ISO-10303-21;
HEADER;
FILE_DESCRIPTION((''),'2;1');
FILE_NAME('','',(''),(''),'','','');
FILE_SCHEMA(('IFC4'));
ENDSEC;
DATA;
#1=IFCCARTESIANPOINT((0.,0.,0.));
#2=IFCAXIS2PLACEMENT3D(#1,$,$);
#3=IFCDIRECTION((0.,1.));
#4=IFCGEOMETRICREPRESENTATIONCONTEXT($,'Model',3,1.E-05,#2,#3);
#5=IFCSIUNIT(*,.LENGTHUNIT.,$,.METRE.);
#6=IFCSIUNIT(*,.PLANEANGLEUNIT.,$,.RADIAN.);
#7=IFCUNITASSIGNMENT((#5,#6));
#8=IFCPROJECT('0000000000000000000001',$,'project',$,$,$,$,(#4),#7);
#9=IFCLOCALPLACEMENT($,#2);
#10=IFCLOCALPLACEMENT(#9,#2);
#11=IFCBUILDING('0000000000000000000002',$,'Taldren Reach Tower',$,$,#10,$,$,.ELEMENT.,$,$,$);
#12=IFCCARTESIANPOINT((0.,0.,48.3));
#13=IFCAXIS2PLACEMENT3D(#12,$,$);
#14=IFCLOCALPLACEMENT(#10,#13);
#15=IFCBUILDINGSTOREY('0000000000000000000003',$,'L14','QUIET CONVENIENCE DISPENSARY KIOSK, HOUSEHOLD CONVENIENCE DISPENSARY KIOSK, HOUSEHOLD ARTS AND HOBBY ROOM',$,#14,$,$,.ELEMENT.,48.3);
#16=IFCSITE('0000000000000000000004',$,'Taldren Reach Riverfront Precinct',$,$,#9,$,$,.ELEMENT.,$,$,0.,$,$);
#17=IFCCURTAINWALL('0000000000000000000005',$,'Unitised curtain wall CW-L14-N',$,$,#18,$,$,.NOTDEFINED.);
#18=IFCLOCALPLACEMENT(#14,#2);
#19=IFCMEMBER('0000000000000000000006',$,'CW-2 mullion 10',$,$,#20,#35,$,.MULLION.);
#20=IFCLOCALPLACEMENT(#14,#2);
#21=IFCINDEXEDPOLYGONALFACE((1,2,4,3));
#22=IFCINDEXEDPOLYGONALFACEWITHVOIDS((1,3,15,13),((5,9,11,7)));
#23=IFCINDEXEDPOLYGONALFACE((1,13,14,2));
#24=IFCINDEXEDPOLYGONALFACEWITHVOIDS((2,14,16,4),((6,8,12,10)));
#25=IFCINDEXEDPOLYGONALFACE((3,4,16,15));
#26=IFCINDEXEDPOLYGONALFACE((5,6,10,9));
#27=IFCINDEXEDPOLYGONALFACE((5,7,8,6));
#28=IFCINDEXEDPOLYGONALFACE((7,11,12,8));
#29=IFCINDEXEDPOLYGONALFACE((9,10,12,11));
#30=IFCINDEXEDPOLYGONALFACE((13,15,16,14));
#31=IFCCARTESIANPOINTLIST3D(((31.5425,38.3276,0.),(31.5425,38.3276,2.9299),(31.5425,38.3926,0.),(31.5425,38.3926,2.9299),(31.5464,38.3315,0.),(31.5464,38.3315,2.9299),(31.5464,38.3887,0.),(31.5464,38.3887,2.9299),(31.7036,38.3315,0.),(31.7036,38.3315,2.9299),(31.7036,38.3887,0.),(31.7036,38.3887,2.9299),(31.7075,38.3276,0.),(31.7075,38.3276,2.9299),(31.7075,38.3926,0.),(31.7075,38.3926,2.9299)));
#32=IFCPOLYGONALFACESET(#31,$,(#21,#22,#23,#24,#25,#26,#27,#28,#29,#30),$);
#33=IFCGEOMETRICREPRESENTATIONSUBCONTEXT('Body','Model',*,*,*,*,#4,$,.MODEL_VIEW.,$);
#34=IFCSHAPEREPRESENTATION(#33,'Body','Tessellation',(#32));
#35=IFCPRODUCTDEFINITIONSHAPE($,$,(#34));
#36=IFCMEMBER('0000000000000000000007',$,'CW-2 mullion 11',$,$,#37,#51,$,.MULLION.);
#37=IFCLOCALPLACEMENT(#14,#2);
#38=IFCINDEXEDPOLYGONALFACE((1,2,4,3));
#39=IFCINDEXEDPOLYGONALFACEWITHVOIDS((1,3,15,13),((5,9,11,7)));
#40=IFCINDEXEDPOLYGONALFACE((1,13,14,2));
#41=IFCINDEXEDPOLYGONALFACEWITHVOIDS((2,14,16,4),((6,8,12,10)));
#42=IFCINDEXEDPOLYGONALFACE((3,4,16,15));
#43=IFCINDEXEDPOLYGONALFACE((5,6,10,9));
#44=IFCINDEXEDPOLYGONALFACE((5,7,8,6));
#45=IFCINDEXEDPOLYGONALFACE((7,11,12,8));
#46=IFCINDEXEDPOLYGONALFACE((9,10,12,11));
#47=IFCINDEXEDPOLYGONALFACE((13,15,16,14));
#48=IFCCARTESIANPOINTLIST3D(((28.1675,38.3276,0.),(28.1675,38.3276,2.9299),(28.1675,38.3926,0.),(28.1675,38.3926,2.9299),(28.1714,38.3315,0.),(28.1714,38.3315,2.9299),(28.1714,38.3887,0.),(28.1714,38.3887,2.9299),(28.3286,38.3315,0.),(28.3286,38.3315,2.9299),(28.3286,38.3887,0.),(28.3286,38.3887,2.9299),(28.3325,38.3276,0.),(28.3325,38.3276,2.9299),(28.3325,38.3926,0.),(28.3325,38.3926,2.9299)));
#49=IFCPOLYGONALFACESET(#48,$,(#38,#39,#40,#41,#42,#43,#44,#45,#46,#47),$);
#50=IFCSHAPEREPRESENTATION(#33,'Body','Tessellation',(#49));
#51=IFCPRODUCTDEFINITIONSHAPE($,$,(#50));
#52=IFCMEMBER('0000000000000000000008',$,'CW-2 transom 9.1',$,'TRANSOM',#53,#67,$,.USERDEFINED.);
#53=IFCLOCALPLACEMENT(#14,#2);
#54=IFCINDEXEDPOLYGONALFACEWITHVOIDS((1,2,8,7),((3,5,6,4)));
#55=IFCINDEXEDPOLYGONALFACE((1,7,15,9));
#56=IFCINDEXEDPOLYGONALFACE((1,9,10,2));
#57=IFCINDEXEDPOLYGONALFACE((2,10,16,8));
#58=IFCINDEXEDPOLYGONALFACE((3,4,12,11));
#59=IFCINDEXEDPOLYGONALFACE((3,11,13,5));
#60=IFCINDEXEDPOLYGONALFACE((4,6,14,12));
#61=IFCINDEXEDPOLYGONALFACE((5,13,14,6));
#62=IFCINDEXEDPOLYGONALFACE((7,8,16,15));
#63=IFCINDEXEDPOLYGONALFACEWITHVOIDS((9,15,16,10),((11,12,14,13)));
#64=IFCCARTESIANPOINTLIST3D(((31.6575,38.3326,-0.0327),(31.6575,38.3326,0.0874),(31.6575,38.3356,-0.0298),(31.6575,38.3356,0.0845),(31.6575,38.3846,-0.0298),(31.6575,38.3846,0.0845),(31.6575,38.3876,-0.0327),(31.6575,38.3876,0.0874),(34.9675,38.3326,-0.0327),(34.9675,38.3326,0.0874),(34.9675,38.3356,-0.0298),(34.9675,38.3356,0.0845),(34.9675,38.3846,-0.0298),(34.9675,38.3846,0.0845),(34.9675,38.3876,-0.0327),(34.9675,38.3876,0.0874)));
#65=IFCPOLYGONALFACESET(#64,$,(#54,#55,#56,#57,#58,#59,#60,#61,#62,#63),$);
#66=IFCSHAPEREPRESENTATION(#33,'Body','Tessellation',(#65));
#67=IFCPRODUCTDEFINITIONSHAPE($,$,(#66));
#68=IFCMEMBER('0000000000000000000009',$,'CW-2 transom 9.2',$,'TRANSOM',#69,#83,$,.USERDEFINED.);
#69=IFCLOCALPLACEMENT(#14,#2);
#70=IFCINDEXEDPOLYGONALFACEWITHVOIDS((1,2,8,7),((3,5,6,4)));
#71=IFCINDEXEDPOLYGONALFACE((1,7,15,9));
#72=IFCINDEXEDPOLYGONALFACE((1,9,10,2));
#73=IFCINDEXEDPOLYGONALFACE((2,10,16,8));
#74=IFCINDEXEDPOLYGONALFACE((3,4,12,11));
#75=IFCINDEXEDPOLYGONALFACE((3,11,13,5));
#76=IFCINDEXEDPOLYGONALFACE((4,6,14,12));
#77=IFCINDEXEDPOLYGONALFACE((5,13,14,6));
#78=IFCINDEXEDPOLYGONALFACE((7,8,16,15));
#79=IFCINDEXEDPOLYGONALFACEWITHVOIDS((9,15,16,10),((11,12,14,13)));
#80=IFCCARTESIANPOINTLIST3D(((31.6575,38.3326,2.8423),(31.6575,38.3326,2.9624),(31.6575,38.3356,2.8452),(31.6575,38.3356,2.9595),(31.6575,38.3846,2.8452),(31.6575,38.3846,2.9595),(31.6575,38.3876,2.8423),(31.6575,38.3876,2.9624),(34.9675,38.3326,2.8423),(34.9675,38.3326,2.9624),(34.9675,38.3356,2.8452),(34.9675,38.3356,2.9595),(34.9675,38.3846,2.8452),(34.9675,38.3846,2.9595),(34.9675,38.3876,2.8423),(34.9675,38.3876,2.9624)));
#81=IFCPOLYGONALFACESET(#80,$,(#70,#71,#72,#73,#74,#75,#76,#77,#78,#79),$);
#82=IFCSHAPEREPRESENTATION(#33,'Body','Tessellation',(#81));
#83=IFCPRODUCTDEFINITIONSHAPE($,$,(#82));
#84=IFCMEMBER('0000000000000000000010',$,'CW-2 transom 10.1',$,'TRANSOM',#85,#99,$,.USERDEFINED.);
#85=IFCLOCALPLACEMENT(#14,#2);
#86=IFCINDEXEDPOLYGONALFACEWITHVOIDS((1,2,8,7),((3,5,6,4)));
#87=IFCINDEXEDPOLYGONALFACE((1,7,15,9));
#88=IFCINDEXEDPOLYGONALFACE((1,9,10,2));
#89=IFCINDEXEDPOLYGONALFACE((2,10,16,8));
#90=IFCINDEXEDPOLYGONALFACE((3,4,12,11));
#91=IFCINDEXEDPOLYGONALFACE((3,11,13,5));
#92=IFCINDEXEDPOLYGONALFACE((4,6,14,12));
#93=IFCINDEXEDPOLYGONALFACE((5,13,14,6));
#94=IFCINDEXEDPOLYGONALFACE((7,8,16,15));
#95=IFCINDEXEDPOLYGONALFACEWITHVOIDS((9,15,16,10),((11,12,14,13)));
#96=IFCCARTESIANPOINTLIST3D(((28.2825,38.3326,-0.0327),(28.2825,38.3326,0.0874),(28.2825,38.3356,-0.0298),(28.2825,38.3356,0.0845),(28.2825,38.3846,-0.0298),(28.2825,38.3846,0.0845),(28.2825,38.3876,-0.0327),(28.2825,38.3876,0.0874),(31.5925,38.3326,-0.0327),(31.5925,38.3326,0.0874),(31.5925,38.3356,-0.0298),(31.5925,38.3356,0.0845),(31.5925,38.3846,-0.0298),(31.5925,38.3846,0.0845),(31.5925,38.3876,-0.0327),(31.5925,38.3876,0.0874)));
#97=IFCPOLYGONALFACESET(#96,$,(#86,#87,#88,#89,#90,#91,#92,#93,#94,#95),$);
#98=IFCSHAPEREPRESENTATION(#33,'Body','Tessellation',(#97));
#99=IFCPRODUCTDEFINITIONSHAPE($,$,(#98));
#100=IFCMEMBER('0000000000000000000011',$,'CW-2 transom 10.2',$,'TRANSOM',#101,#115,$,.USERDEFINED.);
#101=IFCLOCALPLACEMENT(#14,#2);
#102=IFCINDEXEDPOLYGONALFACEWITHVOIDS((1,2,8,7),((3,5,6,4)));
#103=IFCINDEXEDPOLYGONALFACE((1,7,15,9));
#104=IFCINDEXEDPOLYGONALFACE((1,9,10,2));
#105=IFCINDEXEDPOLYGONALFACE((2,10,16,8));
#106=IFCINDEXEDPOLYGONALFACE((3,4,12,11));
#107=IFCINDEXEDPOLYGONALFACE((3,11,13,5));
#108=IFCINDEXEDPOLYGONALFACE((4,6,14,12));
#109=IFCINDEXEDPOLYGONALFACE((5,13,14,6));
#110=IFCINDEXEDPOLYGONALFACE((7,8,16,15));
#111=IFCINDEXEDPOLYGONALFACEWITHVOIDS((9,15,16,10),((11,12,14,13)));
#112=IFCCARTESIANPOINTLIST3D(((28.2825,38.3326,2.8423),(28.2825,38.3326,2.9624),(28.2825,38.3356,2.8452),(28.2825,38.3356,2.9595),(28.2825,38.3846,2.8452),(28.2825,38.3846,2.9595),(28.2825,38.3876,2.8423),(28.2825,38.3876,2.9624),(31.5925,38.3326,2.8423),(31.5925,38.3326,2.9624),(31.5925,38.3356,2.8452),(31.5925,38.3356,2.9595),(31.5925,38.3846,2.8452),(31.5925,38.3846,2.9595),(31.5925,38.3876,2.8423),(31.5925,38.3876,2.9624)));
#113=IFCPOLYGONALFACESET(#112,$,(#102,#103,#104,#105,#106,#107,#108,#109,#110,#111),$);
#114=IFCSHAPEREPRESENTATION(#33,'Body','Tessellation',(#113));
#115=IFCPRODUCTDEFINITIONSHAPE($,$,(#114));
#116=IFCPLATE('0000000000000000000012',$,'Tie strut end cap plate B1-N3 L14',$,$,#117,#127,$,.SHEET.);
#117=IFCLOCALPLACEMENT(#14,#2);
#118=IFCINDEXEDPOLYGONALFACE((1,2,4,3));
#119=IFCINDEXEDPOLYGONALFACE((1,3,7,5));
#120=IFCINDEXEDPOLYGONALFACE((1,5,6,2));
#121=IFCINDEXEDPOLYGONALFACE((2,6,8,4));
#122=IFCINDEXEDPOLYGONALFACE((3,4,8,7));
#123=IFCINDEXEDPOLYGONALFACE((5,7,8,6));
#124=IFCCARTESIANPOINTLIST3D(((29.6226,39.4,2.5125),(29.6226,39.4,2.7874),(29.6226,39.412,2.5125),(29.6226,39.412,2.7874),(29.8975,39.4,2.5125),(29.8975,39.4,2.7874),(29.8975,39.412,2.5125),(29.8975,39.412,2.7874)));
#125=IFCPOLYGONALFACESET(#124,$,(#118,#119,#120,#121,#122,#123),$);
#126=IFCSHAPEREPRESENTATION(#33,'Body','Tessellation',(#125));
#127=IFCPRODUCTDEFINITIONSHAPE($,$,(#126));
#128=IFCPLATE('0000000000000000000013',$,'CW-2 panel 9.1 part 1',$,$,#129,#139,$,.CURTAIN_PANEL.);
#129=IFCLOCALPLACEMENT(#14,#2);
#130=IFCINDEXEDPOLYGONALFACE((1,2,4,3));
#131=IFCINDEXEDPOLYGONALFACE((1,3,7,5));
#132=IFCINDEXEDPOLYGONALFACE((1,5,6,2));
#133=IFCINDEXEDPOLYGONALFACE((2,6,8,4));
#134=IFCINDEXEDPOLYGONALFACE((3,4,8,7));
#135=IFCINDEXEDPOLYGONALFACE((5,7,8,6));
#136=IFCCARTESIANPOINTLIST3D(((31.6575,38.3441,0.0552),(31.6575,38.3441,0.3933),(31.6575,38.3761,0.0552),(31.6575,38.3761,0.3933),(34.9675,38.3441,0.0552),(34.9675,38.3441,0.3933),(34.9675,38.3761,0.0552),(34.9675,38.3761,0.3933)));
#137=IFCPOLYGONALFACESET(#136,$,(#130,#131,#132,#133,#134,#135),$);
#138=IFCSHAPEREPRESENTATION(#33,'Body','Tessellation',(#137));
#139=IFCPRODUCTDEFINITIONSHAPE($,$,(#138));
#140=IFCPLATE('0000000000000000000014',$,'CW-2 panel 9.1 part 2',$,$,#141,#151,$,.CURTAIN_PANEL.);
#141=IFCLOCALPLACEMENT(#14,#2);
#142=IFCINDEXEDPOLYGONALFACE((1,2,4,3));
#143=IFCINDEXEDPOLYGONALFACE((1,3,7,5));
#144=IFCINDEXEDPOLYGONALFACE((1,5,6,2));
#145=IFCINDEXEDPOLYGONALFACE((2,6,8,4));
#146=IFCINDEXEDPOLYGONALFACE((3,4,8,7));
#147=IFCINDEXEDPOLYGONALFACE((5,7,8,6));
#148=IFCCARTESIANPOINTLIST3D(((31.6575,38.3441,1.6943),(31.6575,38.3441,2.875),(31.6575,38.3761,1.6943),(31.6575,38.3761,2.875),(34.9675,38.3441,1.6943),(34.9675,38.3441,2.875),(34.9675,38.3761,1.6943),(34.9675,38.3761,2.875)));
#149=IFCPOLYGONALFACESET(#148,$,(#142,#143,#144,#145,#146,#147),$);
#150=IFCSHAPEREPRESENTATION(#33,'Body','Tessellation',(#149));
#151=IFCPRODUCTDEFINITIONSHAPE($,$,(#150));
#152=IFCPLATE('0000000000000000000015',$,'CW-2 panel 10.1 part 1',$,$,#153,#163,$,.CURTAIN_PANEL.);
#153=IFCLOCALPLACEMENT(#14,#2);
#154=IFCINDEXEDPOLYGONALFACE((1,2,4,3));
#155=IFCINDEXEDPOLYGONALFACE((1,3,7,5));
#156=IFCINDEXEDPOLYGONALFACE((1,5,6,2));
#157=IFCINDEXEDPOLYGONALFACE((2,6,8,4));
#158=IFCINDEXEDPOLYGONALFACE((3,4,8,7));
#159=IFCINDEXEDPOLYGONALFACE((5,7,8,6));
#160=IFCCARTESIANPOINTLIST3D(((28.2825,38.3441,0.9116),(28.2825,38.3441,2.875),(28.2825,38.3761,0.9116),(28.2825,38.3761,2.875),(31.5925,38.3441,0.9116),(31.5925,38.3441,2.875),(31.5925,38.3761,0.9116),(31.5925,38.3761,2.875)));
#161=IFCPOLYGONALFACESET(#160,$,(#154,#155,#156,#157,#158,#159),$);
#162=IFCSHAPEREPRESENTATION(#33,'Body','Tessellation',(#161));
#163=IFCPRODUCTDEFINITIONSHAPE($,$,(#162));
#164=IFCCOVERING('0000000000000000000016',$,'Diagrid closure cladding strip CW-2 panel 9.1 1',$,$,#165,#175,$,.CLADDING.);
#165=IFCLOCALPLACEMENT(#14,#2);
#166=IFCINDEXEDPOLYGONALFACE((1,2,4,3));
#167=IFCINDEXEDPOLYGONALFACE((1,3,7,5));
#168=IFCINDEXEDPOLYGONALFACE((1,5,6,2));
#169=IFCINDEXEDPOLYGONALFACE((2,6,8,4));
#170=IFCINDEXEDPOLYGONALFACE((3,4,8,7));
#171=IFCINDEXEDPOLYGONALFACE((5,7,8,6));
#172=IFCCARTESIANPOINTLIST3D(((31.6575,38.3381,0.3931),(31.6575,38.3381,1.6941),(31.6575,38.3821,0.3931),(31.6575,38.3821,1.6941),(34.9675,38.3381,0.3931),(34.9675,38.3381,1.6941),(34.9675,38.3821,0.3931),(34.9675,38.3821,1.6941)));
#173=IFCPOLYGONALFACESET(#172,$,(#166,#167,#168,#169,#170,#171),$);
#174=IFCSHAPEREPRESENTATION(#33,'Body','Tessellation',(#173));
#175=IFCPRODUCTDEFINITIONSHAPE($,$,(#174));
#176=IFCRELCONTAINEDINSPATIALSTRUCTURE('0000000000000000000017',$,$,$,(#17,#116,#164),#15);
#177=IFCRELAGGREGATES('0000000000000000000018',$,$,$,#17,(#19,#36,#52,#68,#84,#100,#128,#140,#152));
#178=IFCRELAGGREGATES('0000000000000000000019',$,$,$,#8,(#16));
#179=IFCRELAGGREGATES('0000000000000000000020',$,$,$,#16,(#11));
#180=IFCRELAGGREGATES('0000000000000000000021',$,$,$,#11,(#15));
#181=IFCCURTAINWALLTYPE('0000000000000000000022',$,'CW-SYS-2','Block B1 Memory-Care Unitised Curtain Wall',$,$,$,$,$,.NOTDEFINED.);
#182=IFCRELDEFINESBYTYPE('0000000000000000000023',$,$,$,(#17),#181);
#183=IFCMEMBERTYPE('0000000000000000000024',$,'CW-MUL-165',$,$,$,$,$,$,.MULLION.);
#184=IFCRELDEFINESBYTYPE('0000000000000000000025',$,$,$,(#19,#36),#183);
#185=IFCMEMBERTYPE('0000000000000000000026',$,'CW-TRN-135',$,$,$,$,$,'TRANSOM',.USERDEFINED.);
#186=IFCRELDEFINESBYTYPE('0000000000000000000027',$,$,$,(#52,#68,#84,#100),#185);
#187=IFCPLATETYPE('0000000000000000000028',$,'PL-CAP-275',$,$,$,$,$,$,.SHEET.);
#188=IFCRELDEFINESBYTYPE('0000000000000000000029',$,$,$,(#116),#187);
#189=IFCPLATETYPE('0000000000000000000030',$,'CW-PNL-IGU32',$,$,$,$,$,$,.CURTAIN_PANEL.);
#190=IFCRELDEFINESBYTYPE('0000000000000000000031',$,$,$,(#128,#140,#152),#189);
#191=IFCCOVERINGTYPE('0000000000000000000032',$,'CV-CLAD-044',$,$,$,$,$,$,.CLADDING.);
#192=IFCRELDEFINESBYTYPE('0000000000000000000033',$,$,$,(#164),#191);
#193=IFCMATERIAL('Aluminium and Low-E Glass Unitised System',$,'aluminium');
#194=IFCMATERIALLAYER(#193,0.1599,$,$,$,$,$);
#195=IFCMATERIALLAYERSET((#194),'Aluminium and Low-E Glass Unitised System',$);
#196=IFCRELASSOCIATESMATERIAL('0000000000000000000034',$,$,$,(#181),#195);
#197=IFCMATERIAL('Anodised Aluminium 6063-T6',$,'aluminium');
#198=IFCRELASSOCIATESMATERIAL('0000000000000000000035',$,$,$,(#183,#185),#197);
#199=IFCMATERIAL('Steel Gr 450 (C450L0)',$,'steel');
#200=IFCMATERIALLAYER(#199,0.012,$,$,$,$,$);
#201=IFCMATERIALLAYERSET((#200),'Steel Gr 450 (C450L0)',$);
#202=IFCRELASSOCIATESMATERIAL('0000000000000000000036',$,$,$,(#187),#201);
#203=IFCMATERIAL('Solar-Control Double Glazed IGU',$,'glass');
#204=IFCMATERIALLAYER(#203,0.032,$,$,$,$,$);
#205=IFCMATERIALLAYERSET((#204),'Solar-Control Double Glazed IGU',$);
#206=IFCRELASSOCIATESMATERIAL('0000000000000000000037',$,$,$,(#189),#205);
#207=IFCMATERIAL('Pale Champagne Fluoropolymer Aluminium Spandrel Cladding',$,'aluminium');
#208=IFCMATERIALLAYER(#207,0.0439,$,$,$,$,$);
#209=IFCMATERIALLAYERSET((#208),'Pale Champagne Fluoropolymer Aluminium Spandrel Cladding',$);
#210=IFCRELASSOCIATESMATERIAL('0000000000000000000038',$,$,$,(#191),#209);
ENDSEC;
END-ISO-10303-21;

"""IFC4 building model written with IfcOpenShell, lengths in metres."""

from ifc_helpers import new_model, si_unit, direction, frame, origin, origin_2d, place, context, subcontext, project, spatial, rectangle, hollow_rectangle, extrude, source, transform, mapped, material, layer, layer_set, material_profile, profile_set, type_object, element, aggregate, save


model = new_model("IFC4")

# Units and contexts
model_context = context("Model", 3, precision=1e-05, world=origin(), true_north=direction((0.0, 1.0)))
body_context = subcontext(model_context, "Body", "Model", "MODEL_VIEW")
ifc_project = project(units=[si_unit("LENGTHUNIT", "METRE"), si_unit("PLANEANGLEUNIT", "RADIAN")], contexts=[model_context])

# Site, building, storey
site_placement = place(None, origin())
site = spatial("IfcSite", under=ifc_project, at=site_placement, Name="Taldren Reach Riverfront Precinct", CompositionType="ELEMENT", RefElevation=0.0)
building_placement = place(site_placement, origin())
building = spatial("IfcBuilding", under=site, at=building_placement, Name="Taldren Reach Tower", CompositionType="ELEMENT")
storey_placement = place(building_placement, frame((0.0, 0.0, 48.3)))
storey = spatial("IfcBuildingStorey", under=building, at=storey_placement, Name="L14", Description="QUIET CONVENIENCE DISPENSARY KIOSK, HOUSEHOLD CONVENIENCE DISPENSARY KIOSK, HOUSEHOLD ARTS AND HOBBY ROOM", CompositionType="ELEMENT", Elevation=48.3)

# Shared definitions
ifc_material_1 = material(Name="Steel Gr 450 (C450L0)", Category="steel")

# Curtain wall, members
ifc_material_2 = material(Name="Aluminium and Low-E Glass Unitised System", Category="aluminium")
ifc_layer_1 = layer(ifc_material_2, 0.1599)
ifc_layer_set_1 = layer_set([ifc_layer_1], Name="Aluminium and Low-E Glass Unitised System")
curtain_wall_type = type_object("IfcCurtainWallType", Name="CW-SYS-2", Description="Block B1 Memory-Care Unitised Curtain Wall", PredefinedType="NOTDEFINED", material=ifc_layer_set_1)
curtain_wall_placement = place(storey_placement, origin())
curtain_wall = element("IfcCurtainWall", 1, at=curtain_wall_placement, inside=storey, type_object=curtain_wall_type, Name="Unitised curtain wall CW-L14-N", PredefinedType="NOTDEFINED")
ifc_material_3 = material(Name="Anodised Aluminium 6063-T6", Category="aluminium")
ifc_material_profile_1 = material_profile(ifc_material_3, hollow_rectangle(XDim=0.0649, YDim=0.165, WallThickness=0.0039, at=origin_2d()), Name="ALU-165x65x4RHS")
ifc_profile_set_1 = profile_set([ifc_material_profile_1], Name="Anodised Aluminium 6063-T6")
member_type_1 = type_object("IfcMemberType", Name="CW-MUL-165", PredefinedType="MULLION", material=ifc_profile_set_1)
shared_shape_1 = source(origin(), body_context, "Body", "SweptSolid", [
    extrude(hollow_rectangle(XDim=0.0649, YDim=0.165, WallThickness=0.0039, at=origin_2d()), origin(), (0.0, 0.0, 1.0), 2.9299),
])
member_1_placement = place(storey_placement, frame((31.625, 38.3601, 0.0), z_axis=(0.0, 0.0, 1.0), x_axis=(0.0, -1.0, 0.0)))
member_1 = element("IfcMember", 2, at=member_1_placement, type_object=member_type_1, Name="CW-2 mullion 10", PredefinedType="MULLION", context=body_context, shape_type="MappedRepresentation", body=[
    mapped(shared_shape_1, transform((0.0, 0.0, 0.0), scale=1.0)),
])
member_2_placement = place(storey_placement, frame((28.25, 38.3601, 0.0), z_axis=(0.0, 0.0, 1.0), x_axis=(0.0, -1.0, 0.0)))
member_2 = element("IfcMember", 3, at=member_2_placement, type_object=member_type_1, Name="CW-2 mullion 11", PredefinedType="MULLION", context=body_context, shape_type="MappedRepresentation", body=[
    mapped(shared_shape_1, transform((0.0, 0.0, 0.0), scale=1.0)),
])
ifc_material_profile_2 = material_profile(ifc_material_3, hollow_rectangle(XDim=0.0549, YDim=0.1201, WallThickness=0.0029, at=origin_2d()), Name="ALU-120x55x3RHS")
ifc_profile_set_2 = profile_set([ifc_material_profile_2], Name="Anodised Aluminium 6063-T6")
member_type_2 = type_object("IfcMemberType", Name="CW-TRN-135", ElementType="TRANSOM", PredefinedType="USERDEFINED", material=ifc_profile_set_2)
shared_shape_2 = source(origin(), body_context, "Body", "SweptSolid", [
    extrude(hollow_rectangle(XDim=0.0549, YDim=0.1201, WallThickness=0.0029, at=origin_2d()), origin(), (0.0, 0.0, 1.0), 3.3101),
])
member_3_placement = place(storey_placement, frame((34.9675, 38.3601, 0.0273), z_axis=(-1.0, 0.0, 0.0), x_axis=(0.0, -1.0, 0.0)))
member_3 = element("IfcMember", 4, at=member_3_placement, type_object=member_type_2, Name="CW-2 transom 9.1", ObjectType="TRANSOM", PredefinedType="USERDEFINED", context=body_context, shape_type="MappedRepresentation", body=[
    mapped(shared_shape_2, transform((0.0, 0.0, 0.0), scale=1.0)),
])
member_4_placement = place(storey_placement, frame((34.9675, 38.3601, 2.9023), z_axis=(-1.0, 0.0, 0.0), x_axis=(0.0, -1.0, 0.0)))
member_4 = element("IfcMember", 5, at=member_4_placement, type_object=member_type_2, Name="CW-2 transom 9.2", ObjectType="TRANSOM", PredefinedType="USERDEFINED", context=body_context, shape_type="MappedRepresentation", body=[
    mapped(shared_shape_2, transform((0.0, 0.0, 0.0), scale=1.0)),
])
member_5_placement = place(storey_placement, frame((31.5925, 38.3601, 0.0273), z_axis=(-1.0, 0.0, 0.0), x_axis=(0.0, -1.0, 0.0)))
member_5 = element("IfcMember", 6, at=member_5_placement, type_object=member_type_2, Name="CW-2 transom 10.1", ObjectType="TRANSOM", PredefinedType="USERDEFINED", context=body_context, shape_type="MappedRepresentation", body=[
    mapped(shared_shape_2, transform((0.0, 0.0, 0.0), scale=1.0)),
])
member_6_placement = place(storey_placement, frame((31.5925, 38.3601, 2.9023), z_axis=(-1.0, 0.0, 0.0), x_axis=(0.0, -1.0, 0.0)))
member_6 = element("IfcMember", 7, at=member_6_placement, type_object=member_type_2, Name="CW-2 transom 10.2", ObjectType="TRANSOM", PredefinedType="USERDEFINED", context=body_context, shape_type="MappedRepresentation", body=[
    mapped(shared_shape_2, transform((0.0, 0.0, 0.0), scale=1.0)),
])

# Plates
ifc_layer_2 = layer(ifc_material_1, 0.012)
ifc_layer_set_2 = layer_set([ifc_layer_2], Name="Steel Gr 450 (C450L0)")
plate_type_1 = type_object("IfcPlateType", Name="PL-CAP-275", PredefinedType="SHEET", material=ifc_layer_set_2)
shared_shape_3 = source(origin(), body_context, "Body", "SweptSolid", [
    extrude(rectangle(XDim=0.2749, YDim=0.012, at=origin_2d()), origin(), (0.0, 0.0, 1.0), 0.2749),
])
plate_1_placement = place(storey_placement, frame((29.76, 39.406, 2.5125), z_axis=(0.0, 0.0, 1.0), x_axis=(1.0, 0.0, 0.0)))
element("IfcPlate", 8, at=plate_1_placement, inside=storey, type_object=plate_type_1, Name="Tie strut end cap plate B1-N3 L14", PredefinedType="SHEET", context=body_context, shape_type="MappedRepresentation", body=[
    mapped(shared_shape_3, transform((0.0, 0.0, 0.0), scale=1.0)),
])
ifc_material_4 = material(Name="Solar-Control Double Glazed IGU", Category="glass")
ifc_layer_3 = layer(ifc_material_4, 0.032)
ifc_layer_set_3 = layer_set([ifc_layer_3], Name="Solar-Control Double Glazed IGU")
plate_type_2 = type_object("IfcPlateType", Name="CW-PNL-IGU32", PredefinedType="CURTAIN_PANEL", material=ifc_layer_set_3)
shared_shape_4 = source(origin(), body_context, "Body", "SweptSolid", [
    extrude(rectangle(XDim=3.3101, YDim=0.032, at=origin_2d()), origin(), (0.0, 0.0, 1.0), 0.3381),
])
plate_2_placement = place(storey_placement, frame((33.3125, 38.3601, 0.0552), z_axis=(0.0, 0.0, 1.0), x_axis=(-1.0, 0.0, 0.0)))
plate_2 = element("IfcPlate", 9, at=plate_2_placement, type_object=plate_type_2, Name="CW-2 panel 9.1 part 1", PredefinedType="CURTAIN_PANEL", context=body_context, shape_type="MappedRepresentation", body=[
    mapped(shared_shape_4, transform((0.0, 0.0, 0.0), scale=1.0)),
])
shared_shape_5 = source(origin(), body_context, "Body", "SweptSolid", [
    extrude(rectangle(XDim=3.3101, YDim=0.032, at=origin_2d()), origin(), (0.0, 0.0, 1.0), 1.1807),
])
plate_3_placement = place(storey_placement, frame((33.3125, 38.3601, 1.6943), z_axis=(0.0, 0.0, 1.0), x_axis=(-1.0, 0.0, 0.0)))
plate_3 = element("IfcPlate", 10, at=plate_3_placement, type_object=plate_type_2, Name="CW-2 panel 9.1 part 2", PredefinedType="CURTAIN_PANEL", context=body_context, shape_type="MappedRepresentation", body=[
    mapped(shared_shape_5, transform((0.0, 0.0, 0.0), scale=1.0)),
])
shared_shape_6 = source(origin(), body_context, "Body", "SweptSolid", [
    extrude(rectangle(XDim=3.3101, YDim=0.032, at=origin_2d()), origin(), (0.0, 0.0, 1.0), 1.9634),
])
plate_4_placement = place(storey_placement, frame((29.9375, 38.3601, 0.9116), z_axis=(0.0, 0.0, 1.0), x_axis=(-1.0, 0.0, 0.0)))
plate_4 = element("IfcPlate", 11, at=plate_4_placement, type_object=plate_type_2, Name="CW-2 panel 10.1 part 1", PredefinedType="CURTAIN_PANEL", context=body_context, shape_type="MappedRepresentation", body=[
    mapped(shared_shape_6, transform((0.0, 0.0, 0.0), scale=1.0)),
])
aggregate(curtain_wall, [member_1, member_2, member_3, member_4, member_5, member_6, plate_2, plate_3, plate_4])

# Covering
ifc_material_5 = material(Name="Pale Champagne Fluoropolymer Aluminium Spandrel Cladding", Category="aluminium")
ifc_layer_4 = layer(ifc_material_5, 0.0439)
ifc_layer_set_4 = layer_set([ifc_layer_4], Name="Pale Champagne Fluoropolymer Aluminium Spandrel Cladding")
covering_type = type_object("IfcCoveringType", Name="CV-CLAD-044", PredefinedType="CLADDING", material=ifc_layer_set_4)
shared_shape_7 = source(origin(), body_context, "Body", "SweptSolid", [
    extrude(rectangle(XDim=3.3101, YDim=0.0439, at=origin_2d()), origin(), (0.0, 0.0, 1.0), 1.301),
])
covering_1_placement = place(storey_placement, frame((33.3125, 38.3601, 0.3931), z_axis=(0.0, 0.0, 1.0), x_axis=(-1.0, 0.0, 0.0)))
element("IfcCovering", 12, at=covering_1_placement, inside=storey, type_object=covering_type, Name="Diagrid closure cladding strip CW-2 panel 9.1 1", PredefinedType="CLADDING", context=body_context, shape_type="MappedRepresentation", body=[
    mapped(shared_shape_7, transform((0.0, 0.0, 0.0), scale=1.0)),
])

save(model, "model.ifc")
